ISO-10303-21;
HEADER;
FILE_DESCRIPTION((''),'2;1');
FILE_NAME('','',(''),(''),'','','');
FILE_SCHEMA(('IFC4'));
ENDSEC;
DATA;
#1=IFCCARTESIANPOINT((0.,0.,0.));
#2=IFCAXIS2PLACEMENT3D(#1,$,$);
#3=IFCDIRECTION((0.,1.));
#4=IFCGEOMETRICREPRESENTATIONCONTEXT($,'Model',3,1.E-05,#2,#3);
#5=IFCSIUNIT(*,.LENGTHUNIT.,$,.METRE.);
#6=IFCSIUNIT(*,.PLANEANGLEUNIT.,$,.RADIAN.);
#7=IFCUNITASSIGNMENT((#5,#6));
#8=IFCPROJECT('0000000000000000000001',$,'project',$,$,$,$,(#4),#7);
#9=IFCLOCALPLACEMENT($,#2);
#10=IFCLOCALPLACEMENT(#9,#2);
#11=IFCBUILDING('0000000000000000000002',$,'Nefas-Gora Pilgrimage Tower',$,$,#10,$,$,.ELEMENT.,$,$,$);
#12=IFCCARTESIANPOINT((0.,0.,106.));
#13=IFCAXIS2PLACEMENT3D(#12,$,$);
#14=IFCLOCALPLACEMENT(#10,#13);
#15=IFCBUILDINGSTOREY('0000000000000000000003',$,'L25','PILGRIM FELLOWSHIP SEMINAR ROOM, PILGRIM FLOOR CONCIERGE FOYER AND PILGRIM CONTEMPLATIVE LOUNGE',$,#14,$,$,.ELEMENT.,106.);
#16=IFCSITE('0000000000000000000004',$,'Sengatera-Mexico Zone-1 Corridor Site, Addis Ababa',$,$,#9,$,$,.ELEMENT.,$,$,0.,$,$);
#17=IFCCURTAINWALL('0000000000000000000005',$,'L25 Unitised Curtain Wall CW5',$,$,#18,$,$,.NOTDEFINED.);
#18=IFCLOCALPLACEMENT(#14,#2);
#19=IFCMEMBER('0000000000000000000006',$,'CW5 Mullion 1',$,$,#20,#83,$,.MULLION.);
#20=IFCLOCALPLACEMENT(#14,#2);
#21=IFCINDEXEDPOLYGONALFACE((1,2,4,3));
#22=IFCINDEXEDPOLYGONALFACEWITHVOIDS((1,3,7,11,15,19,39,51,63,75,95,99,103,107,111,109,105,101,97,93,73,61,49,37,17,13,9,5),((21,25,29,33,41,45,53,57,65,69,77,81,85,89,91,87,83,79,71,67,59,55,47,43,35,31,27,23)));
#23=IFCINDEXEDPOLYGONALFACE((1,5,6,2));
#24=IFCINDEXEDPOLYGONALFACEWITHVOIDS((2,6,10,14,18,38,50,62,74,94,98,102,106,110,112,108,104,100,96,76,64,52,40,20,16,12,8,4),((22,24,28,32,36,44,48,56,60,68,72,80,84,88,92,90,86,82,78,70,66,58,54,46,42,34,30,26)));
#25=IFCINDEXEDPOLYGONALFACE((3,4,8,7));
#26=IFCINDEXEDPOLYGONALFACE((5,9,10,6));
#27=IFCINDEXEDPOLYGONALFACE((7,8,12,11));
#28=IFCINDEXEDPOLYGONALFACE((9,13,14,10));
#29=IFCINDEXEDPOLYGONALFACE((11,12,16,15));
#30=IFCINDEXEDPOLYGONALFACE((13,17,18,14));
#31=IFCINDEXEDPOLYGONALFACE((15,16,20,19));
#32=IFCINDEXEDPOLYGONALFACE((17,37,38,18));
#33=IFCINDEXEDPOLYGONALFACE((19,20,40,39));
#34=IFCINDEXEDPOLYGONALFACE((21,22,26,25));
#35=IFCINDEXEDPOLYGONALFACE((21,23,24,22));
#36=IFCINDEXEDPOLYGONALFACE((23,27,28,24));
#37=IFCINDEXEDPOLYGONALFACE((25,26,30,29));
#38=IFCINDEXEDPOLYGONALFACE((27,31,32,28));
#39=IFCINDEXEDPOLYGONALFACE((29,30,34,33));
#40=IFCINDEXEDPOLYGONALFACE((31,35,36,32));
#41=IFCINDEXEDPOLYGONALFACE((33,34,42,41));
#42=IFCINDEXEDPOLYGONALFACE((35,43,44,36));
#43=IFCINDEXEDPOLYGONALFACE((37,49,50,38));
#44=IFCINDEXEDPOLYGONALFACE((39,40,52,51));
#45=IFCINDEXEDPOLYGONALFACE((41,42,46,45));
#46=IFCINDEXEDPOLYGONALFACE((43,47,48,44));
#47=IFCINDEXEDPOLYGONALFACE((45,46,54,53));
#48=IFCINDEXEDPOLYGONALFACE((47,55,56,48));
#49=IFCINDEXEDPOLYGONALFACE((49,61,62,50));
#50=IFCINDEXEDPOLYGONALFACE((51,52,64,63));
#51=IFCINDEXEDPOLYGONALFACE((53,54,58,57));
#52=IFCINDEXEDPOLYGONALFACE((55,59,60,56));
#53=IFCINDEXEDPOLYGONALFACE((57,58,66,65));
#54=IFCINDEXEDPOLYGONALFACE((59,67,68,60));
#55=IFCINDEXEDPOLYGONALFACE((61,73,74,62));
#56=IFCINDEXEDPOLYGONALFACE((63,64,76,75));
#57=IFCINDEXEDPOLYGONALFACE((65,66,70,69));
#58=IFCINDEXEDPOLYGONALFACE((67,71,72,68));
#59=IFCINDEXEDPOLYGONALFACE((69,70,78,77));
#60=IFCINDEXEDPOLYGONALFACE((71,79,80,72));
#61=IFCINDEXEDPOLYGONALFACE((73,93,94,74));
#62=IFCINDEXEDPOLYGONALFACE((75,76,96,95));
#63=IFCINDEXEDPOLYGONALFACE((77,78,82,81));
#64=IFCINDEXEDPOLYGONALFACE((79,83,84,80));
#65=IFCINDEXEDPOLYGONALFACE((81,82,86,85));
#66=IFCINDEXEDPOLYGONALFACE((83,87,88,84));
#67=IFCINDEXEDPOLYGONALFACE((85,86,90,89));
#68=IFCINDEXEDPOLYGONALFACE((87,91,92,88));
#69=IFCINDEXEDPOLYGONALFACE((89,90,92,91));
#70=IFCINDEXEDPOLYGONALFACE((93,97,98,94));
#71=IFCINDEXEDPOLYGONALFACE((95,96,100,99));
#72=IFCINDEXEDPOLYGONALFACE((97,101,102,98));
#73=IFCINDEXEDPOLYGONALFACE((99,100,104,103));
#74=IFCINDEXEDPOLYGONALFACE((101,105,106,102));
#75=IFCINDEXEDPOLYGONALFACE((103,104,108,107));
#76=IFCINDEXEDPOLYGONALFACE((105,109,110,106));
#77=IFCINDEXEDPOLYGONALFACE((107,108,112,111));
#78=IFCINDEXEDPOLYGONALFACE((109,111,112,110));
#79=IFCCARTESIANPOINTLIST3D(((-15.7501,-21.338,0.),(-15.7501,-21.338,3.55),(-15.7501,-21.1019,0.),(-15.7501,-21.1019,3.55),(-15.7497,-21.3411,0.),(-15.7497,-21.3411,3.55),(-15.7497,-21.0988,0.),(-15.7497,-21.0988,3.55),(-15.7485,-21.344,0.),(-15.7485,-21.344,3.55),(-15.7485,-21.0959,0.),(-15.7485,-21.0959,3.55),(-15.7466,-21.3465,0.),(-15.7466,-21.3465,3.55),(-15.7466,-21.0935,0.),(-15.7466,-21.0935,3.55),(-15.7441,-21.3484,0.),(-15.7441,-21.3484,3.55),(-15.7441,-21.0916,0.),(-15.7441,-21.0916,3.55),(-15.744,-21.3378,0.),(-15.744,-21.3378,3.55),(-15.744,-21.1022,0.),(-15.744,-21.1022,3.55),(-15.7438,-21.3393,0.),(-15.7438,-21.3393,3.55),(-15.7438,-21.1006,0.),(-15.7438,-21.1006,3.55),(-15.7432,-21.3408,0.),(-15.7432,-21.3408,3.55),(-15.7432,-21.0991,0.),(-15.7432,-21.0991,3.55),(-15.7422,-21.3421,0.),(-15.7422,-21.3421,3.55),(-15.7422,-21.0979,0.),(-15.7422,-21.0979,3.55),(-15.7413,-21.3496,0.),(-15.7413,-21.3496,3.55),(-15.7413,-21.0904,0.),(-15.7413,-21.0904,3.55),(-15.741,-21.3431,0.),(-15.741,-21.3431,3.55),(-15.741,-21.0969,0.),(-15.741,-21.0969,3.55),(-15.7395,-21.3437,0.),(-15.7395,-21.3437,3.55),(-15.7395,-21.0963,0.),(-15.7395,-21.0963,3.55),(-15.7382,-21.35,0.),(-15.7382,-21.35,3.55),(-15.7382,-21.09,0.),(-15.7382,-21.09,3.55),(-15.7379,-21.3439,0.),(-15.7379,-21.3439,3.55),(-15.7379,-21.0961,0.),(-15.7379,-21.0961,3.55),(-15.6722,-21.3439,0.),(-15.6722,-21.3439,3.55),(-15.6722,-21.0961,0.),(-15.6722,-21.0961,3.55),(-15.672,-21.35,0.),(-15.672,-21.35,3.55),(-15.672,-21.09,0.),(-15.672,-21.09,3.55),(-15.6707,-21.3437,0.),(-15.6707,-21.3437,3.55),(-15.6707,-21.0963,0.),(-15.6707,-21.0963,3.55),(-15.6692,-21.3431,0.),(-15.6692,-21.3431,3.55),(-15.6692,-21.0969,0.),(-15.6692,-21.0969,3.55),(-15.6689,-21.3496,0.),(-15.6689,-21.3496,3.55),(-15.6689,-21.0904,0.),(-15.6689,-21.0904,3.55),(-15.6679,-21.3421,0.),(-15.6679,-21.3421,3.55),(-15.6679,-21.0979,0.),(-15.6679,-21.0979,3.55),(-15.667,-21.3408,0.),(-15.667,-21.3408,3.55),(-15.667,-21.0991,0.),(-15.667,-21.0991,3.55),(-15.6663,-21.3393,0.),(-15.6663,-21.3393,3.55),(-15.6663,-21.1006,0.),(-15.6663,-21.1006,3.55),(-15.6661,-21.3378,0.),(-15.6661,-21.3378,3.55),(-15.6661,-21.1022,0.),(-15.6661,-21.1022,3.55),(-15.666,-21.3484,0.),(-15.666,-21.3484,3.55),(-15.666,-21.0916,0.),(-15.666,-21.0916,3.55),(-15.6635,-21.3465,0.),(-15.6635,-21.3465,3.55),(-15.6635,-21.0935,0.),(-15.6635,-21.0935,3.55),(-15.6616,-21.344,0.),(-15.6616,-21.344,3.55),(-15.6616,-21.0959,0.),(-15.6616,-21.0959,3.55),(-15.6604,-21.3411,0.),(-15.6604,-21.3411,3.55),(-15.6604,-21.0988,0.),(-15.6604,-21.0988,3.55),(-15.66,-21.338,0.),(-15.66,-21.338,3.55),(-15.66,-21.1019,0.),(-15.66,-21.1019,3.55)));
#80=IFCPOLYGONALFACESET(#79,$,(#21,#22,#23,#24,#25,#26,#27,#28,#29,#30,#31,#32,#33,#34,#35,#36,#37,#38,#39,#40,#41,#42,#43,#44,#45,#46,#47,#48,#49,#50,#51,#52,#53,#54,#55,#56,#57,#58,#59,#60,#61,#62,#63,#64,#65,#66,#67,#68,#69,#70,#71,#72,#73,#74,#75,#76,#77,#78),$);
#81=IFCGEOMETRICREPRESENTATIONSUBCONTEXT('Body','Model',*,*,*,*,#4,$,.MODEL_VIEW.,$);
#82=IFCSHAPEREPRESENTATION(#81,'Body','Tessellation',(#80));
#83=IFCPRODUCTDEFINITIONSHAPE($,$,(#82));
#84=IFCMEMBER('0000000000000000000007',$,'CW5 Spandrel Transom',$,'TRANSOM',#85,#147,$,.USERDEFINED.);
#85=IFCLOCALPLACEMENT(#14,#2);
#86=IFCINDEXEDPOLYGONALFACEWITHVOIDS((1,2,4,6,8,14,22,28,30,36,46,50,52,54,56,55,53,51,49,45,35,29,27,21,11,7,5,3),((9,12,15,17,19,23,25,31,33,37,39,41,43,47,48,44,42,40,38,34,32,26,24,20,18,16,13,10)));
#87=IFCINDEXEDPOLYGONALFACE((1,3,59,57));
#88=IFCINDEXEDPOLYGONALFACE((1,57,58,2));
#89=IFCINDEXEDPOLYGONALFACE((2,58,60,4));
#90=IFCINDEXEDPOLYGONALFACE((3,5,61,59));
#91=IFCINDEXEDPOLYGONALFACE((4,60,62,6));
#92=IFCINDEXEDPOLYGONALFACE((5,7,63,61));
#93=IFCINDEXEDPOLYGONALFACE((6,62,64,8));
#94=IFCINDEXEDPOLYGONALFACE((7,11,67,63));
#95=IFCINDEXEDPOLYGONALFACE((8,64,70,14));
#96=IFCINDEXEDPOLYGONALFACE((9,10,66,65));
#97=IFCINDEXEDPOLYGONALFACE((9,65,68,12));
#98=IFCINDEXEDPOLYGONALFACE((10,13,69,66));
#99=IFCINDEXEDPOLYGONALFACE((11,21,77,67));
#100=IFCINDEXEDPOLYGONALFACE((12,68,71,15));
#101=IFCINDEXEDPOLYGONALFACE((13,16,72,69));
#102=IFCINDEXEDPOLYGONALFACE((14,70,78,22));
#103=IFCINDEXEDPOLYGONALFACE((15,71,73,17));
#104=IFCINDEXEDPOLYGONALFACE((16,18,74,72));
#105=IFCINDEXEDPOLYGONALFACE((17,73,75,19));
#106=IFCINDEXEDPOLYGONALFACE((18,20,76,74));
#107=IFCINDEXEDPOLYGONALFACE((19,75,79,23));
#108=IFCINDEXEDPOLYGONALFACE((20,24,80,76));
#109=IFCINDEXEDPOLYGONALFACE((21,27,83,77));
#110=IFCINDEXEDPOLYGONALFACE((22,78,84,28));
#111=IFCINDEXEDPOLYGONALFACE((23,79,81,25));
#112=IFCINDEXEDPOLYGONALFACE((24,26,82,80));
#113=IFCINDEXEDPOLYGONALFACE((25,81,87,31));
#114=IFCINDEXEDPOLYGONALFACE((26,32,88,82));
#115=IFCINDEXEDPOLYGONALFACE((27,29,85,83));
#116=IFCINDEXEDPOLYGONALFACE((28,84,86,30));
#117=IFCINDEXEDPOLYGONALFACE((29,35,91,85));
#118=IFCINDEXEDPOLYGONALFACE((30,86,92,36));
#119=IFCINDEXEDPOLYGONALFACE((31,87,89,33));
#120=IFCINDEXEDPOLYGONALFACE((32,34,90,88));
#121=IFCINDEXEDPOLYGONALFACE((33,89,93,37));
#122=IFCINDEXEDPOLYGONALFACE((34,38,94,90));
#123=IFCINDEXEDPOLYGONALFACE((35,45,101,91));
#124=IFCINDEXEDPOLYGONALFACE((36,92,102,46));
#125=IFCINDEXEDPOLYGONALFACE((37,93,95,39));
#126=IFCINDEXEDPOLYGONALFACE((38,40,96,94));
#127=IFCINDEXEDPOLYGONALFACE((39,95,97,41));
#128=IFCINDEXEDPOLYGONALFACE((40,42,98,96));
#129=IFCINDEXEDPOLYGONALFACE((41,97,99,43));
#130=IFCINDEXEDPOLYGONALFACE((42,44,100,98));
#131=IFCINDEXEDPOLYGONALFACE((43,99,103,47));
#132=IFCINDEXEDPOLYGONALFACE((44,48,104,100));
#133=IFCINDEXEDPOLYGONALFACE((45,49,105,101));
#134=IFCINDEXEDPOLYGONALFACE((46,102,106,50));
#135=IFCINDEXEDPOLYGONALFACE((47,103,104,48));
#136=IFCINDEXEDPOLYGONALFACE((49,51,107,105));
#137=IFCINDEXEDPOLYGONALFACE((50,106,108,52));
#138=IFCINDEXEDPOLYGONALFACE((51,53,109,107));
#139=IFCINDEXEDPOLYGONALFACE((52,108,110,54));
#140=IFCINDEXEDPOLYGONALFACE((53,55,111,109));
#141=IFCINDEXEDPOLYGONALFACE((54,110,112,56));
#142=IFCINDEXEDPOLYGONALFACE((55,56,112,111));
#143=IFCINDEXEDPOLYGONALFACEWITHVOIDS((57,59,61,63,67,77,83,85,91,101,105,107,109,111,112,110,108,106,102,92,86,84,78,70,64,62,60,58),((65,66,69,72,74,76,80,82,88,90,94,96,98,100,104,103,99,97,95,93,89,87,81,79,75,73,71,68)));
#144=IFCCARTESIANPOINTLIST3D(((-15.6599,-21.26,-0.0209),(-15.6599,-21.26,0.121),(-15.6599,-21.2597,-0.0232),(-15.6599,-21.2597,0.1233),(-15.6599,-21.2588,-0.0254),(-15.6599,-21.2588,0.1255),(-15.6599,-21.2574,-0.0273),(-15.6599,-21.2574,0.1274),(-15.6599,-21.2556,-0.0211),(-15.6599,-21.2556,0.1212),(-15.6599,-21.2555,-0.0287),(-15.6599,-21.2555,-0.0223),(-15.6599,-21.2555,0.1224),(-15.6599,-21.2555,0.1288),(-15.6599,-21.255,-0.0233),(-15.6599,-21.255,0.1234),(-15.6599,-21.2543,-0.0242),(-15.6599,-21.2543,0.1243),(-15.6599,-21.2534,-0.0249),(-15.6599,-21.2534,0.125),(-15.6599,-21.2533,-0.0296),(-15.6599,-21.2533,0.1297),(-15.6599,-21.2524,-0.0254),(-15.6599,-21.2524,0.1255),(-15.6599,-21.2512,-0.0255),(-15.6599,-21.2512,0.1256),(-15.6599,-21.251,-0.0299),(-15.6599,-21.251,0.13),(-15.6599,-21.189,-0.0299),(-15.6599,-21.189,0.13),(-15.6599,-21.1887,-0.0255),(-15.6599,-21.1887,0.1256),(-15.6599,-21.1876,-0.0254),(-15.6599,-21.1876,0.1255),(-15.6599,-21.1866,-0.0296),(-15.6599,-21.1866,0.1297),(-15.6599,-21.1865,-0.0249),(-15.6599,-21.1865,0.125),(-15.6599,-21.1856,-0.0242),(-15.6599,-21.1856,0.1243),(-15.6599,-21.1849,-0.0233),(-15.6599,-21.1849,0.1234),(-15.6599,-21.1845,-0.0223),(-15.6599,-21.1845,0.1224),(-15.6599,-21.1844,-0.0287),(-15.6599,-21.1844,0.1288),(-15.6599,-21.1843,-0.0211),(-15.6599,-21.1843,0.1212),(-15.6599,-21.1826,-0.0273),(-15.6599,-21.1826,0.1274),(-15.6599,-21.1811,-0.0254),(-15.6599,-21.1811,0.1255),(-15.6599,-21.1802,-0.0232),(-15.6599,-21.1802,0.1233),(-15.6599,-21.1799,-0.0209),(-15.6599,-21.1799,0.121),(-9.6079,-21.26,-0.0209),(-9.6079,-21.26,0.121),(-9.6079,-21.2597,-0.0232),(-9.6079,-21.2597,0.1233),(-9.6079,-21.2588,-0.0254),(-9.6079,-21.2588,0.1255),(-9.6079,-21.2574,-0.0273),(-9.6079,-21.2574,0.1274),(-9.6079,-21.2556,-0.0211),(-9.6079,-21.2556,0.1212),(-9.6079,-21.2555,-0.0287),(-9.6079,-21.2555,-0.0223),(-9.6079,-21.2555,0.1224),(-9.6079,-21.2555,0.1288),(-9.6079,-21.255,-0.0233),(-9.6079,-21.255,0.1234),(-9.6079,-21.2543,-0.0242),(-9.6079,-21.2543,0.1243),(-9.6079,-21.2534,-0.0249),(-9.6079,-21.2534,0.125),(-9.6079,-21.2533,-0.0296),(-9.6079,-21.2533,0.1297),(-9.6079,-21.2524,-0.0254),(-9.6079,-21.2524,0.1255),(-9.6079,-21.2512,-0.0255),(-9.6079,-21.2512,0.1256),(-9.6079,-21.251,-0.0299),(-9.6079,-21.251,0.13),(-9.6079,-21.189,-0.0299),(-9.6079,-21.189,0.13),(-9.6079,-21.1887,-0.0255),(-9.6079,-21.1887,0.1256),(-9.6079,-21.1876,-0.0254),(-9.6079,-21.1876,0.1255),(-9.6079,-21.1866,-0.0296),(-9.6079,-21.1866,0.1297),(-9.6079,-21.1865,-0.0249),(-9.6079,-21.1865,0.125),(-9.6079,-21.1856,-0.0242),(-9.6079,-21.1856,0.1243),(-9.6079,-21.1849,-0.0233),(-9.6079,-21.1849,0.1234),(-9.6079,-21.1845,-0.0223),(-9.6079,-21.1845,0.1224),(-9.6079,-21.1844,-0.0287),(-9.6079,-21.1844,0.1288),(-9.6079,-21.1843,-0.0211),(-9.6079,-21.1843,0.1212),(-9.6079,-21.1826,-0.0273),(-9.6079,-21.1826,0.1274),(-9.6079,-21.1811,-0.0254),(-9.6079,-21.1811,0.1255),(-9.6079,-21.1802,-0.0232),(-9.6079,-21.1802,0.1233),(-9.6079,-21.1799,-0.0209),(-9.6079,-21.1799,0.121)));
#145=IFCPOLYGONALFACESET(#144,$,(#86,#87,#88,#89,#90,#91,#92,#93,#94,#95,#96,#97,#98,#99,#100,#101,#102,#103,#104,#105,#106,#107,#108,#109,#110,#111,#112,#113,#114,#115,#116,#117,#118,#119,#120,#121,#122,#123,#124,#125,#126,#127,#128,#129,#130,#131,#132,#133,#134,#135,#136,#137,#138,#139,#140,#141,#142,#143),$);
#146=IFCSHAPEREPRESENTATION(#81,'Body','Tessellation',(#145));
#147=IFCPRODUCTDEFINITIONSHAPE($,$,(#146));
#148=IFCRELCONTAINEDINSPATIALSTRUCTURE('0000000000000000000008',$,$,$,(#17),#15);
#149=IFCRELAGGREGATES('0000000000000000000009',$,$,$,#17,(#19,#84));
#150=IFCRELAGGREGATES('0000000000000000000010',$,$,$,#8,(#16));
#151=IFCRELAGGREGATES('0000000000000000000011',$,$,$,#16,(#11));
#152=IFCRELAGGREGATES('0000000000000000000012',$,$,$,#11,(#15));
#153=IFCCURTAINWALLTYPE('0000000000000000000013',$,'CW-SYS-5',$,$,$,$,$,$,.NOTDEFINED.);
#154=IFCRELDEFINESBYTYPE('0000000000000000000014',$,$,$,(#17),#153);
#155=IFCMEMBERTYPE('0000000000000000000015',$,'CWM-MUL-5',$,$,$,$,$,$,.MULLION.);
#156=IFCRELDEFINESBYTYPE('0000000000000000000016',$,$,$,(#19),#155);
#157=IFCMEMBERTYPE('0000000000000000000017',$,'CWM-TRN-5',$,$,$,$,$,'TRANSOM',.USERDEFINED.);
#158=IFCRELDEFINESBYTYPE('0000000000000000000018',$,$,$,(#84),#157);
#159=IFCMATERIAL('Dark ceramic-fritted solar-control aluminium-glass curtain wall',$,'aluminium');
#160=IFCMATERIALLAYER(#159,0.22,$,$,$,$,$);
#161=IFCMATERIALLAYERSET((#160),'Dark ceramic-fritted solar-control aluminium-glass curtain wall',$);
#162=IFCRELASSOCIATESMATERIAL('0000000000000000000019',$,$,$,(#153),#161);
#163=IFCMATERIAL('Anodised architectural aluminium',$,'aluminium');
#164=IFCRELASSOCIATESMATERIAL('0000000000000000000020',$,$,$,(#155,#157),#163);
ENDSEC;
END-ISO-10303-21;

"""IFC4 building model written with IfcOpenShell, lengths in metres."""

from ifc_helpers import new_model, si_unit, direction, frame, origin, origin_2d, place, context, subcontext, project, spatial, hollow_rectangle, extrude, source, transform, mapped, material, layer, layer_set, material_profile, profile_set, type_object, element, aggregate, save


model = new_model("IFC4")

# Units and contexts
model_context = context("Model", 3, precision=1e-05, world=origin(), true_north=direction((0.0, 1.0)))
body_context = subcontext(model_context, "Body", "Model", "MODEL_VIEW")
ifc_project = project(units=[si_unit("LENGTHUNIT", "METRE"), si_unit("PLANEANGLEUNIT", "RADIAN")], contexts=[model_context])

# Site, building, storey
site_placement = place(None, origin())
site = spatial("IfcSite", under=ifc_project, at=site_placement, Name="Sengatera-Mexico Zone-1 Corridor Site, Addis Ababa", CompositionType="ELEMENT", RefElevation=0.0)
building_placement = place(site_placement, origin())
building = spatial("IfcBuilding", under=site, at=building_placement, Name="Nefas-Gora Pilgrimage Tower", CompositionType="ELEMENT")
storey_placement = place(building_placement, frame((0.0, 0.0, 106.0)))
storey = spatial("IfcBuildingStorey", under=building, at=storey_placement, Name="L25", Description="PILGRIM FELLOWSHIP SEMINAR ROOM, PILGRIM FLOOR CONCIERGE FOYER AND PILGRIM CONTEMPLATIVE LOUNGE", CompositionType="ELEMENT", Elevation=106.0)

# Curtain wall, members
ifc_material_1 = material(Name="Dark ceramic-fritted solar-control aluminium-glass curtain wall", Category="aluminium")
ifc_layer_1 = layer(ifc_material_1, 0.22)
ifc_layer_set_1 = layer_set([ifc_layer_1], Name="Dark ceramic-fritted solar-control aluminium-glass curtain wall")
curtain_wall_type_1 = type_object("IfcCurtainWallType", Name="CW-SYS-5", PredefinedType="NOTDEFINED", material=ifc_layer_set_1)
curtain_wall_1_placement = place(storey_placement, origin())
curtain_wall_1 = element("IfcCurtainWall", 1, at=curtain_wall_1_placement, inside=storey, type_object=curtain_wall_type_1, Name="L25 Unitised Curtain Wall CW5", PredefinedType="NOTDEFINED")
ifc_material_2 = material(Name="Anodised architectural aluminium", Category="aluminium")
ifc_material_profile_1 = material_profile(ifc_material_2, hollow_rectangle(XDim=0.0901, YDim=0.26, WallThickness=0.0061, InnerFilletRadius=0.0061, OuterFilletRadius=0.012, at=origin_2d()), Name="ALU MULLION 90x260")
ifc_profile_set_1 = profile_set([ifc_material_profile_1], Name="Anodised architectural aluminium")
member_type_1 = type_object("IfcMemberType", Name="CWM-MUL-5", PredefinedType="MULLION", material=ifc_profile_set_1)
shared_shape_1 = source(origin(), body_context, "Body", "SweptSolid", [
    extrude(hollow_rectangle(XDim=0.0901, YDim=0.26, WallThickness=0.0061, InnerFilletRadius=0.0061, OuterFilletRadius=0.012, at=origin_2d()), origin(), (0.0, 0.0, 1.0), 3.55),
])
member_1_placement = place(storey_placement, frame((-15.7051, -21.22, 0.0), z_axis=(0.0, 0.0, 1.0), x_axis=(1.0, 0.0, 0.0)))
member_1 = element("IfcMember", 2, at=member_1_placement, type_object=member_type_1, Name="CW5 Mullion 1", PredefinedType="MULLION", context=body_context, shape_type="MappedRepresentation", body=[
    mapped(shared_shape_1, transform((0.0, 0.0, 0.0), x_axis=(1.0, 0.0, 0.0), y_axis=(0.0, 1.0, 0.0), z_axis=(0.0, 0.0, 1.0), scale=1.0)),
])
ifc_material_profile_2 = material_profile(ifc_material_2, hollow_rectangle(XDim=0.0801, YDim=0.1599, WallThickness=0.0044, InnerFilletRadius=0.0044, OuterFilletRadius=0.009, at=origin_2d()), Name="ALU TRANSOM 80x160")
ifc_profile_set_2 = profile_set([ifc_material_profile_2], Name="Anodised architectural aluminium")
member_type_2 = type_object("IfcMemberType", Name="CWM-TRN-5", ElementType="TRANSOM", PredefinedType="USERDEFINED", material=ifc_profile_set_2)
shared_shape_2 = source(origin(), body_context, "Body", "SweptSolid", [
    extrude(hollow_rectangle(XDim=0.0801, YDim=0.1599, WallThickness=0.0044, InnerFilletRadius=0.0044, OuterFilletRadius=0.009, at=origin_2d()), origin(), (0.0, 0.0, 1.0), 6.052),
])
member_2_placement = place(storey_placement, frame((-15.6599, -21.22, 0.05), z_axis=(1.0, 0.0, 0.0), x_axis=(0.0, 1.0, 0.0)))
member_2 = element("IfcMember", 3, at=member_2_placement, type_object=member_type_2, Name="CW5 Spandrel Transom", ObjectType="TRANSOM", PredefinedType="USERDEFINED", context=body_context, shape_type="MappedRepresentation", body=[
    mapped(shared_shape_2, transform((0.0, 0.0, 0.0), x_axis=(1.0, 0.0, 0.0), y_axis=(0.0, 1.0, 0.0), z_axis=(0.0, 0.0, 1.0), scale=1.0)),
])

aggregate(curtain_wall_1, [member_1, member_2])

save(model, "model.ifc")
